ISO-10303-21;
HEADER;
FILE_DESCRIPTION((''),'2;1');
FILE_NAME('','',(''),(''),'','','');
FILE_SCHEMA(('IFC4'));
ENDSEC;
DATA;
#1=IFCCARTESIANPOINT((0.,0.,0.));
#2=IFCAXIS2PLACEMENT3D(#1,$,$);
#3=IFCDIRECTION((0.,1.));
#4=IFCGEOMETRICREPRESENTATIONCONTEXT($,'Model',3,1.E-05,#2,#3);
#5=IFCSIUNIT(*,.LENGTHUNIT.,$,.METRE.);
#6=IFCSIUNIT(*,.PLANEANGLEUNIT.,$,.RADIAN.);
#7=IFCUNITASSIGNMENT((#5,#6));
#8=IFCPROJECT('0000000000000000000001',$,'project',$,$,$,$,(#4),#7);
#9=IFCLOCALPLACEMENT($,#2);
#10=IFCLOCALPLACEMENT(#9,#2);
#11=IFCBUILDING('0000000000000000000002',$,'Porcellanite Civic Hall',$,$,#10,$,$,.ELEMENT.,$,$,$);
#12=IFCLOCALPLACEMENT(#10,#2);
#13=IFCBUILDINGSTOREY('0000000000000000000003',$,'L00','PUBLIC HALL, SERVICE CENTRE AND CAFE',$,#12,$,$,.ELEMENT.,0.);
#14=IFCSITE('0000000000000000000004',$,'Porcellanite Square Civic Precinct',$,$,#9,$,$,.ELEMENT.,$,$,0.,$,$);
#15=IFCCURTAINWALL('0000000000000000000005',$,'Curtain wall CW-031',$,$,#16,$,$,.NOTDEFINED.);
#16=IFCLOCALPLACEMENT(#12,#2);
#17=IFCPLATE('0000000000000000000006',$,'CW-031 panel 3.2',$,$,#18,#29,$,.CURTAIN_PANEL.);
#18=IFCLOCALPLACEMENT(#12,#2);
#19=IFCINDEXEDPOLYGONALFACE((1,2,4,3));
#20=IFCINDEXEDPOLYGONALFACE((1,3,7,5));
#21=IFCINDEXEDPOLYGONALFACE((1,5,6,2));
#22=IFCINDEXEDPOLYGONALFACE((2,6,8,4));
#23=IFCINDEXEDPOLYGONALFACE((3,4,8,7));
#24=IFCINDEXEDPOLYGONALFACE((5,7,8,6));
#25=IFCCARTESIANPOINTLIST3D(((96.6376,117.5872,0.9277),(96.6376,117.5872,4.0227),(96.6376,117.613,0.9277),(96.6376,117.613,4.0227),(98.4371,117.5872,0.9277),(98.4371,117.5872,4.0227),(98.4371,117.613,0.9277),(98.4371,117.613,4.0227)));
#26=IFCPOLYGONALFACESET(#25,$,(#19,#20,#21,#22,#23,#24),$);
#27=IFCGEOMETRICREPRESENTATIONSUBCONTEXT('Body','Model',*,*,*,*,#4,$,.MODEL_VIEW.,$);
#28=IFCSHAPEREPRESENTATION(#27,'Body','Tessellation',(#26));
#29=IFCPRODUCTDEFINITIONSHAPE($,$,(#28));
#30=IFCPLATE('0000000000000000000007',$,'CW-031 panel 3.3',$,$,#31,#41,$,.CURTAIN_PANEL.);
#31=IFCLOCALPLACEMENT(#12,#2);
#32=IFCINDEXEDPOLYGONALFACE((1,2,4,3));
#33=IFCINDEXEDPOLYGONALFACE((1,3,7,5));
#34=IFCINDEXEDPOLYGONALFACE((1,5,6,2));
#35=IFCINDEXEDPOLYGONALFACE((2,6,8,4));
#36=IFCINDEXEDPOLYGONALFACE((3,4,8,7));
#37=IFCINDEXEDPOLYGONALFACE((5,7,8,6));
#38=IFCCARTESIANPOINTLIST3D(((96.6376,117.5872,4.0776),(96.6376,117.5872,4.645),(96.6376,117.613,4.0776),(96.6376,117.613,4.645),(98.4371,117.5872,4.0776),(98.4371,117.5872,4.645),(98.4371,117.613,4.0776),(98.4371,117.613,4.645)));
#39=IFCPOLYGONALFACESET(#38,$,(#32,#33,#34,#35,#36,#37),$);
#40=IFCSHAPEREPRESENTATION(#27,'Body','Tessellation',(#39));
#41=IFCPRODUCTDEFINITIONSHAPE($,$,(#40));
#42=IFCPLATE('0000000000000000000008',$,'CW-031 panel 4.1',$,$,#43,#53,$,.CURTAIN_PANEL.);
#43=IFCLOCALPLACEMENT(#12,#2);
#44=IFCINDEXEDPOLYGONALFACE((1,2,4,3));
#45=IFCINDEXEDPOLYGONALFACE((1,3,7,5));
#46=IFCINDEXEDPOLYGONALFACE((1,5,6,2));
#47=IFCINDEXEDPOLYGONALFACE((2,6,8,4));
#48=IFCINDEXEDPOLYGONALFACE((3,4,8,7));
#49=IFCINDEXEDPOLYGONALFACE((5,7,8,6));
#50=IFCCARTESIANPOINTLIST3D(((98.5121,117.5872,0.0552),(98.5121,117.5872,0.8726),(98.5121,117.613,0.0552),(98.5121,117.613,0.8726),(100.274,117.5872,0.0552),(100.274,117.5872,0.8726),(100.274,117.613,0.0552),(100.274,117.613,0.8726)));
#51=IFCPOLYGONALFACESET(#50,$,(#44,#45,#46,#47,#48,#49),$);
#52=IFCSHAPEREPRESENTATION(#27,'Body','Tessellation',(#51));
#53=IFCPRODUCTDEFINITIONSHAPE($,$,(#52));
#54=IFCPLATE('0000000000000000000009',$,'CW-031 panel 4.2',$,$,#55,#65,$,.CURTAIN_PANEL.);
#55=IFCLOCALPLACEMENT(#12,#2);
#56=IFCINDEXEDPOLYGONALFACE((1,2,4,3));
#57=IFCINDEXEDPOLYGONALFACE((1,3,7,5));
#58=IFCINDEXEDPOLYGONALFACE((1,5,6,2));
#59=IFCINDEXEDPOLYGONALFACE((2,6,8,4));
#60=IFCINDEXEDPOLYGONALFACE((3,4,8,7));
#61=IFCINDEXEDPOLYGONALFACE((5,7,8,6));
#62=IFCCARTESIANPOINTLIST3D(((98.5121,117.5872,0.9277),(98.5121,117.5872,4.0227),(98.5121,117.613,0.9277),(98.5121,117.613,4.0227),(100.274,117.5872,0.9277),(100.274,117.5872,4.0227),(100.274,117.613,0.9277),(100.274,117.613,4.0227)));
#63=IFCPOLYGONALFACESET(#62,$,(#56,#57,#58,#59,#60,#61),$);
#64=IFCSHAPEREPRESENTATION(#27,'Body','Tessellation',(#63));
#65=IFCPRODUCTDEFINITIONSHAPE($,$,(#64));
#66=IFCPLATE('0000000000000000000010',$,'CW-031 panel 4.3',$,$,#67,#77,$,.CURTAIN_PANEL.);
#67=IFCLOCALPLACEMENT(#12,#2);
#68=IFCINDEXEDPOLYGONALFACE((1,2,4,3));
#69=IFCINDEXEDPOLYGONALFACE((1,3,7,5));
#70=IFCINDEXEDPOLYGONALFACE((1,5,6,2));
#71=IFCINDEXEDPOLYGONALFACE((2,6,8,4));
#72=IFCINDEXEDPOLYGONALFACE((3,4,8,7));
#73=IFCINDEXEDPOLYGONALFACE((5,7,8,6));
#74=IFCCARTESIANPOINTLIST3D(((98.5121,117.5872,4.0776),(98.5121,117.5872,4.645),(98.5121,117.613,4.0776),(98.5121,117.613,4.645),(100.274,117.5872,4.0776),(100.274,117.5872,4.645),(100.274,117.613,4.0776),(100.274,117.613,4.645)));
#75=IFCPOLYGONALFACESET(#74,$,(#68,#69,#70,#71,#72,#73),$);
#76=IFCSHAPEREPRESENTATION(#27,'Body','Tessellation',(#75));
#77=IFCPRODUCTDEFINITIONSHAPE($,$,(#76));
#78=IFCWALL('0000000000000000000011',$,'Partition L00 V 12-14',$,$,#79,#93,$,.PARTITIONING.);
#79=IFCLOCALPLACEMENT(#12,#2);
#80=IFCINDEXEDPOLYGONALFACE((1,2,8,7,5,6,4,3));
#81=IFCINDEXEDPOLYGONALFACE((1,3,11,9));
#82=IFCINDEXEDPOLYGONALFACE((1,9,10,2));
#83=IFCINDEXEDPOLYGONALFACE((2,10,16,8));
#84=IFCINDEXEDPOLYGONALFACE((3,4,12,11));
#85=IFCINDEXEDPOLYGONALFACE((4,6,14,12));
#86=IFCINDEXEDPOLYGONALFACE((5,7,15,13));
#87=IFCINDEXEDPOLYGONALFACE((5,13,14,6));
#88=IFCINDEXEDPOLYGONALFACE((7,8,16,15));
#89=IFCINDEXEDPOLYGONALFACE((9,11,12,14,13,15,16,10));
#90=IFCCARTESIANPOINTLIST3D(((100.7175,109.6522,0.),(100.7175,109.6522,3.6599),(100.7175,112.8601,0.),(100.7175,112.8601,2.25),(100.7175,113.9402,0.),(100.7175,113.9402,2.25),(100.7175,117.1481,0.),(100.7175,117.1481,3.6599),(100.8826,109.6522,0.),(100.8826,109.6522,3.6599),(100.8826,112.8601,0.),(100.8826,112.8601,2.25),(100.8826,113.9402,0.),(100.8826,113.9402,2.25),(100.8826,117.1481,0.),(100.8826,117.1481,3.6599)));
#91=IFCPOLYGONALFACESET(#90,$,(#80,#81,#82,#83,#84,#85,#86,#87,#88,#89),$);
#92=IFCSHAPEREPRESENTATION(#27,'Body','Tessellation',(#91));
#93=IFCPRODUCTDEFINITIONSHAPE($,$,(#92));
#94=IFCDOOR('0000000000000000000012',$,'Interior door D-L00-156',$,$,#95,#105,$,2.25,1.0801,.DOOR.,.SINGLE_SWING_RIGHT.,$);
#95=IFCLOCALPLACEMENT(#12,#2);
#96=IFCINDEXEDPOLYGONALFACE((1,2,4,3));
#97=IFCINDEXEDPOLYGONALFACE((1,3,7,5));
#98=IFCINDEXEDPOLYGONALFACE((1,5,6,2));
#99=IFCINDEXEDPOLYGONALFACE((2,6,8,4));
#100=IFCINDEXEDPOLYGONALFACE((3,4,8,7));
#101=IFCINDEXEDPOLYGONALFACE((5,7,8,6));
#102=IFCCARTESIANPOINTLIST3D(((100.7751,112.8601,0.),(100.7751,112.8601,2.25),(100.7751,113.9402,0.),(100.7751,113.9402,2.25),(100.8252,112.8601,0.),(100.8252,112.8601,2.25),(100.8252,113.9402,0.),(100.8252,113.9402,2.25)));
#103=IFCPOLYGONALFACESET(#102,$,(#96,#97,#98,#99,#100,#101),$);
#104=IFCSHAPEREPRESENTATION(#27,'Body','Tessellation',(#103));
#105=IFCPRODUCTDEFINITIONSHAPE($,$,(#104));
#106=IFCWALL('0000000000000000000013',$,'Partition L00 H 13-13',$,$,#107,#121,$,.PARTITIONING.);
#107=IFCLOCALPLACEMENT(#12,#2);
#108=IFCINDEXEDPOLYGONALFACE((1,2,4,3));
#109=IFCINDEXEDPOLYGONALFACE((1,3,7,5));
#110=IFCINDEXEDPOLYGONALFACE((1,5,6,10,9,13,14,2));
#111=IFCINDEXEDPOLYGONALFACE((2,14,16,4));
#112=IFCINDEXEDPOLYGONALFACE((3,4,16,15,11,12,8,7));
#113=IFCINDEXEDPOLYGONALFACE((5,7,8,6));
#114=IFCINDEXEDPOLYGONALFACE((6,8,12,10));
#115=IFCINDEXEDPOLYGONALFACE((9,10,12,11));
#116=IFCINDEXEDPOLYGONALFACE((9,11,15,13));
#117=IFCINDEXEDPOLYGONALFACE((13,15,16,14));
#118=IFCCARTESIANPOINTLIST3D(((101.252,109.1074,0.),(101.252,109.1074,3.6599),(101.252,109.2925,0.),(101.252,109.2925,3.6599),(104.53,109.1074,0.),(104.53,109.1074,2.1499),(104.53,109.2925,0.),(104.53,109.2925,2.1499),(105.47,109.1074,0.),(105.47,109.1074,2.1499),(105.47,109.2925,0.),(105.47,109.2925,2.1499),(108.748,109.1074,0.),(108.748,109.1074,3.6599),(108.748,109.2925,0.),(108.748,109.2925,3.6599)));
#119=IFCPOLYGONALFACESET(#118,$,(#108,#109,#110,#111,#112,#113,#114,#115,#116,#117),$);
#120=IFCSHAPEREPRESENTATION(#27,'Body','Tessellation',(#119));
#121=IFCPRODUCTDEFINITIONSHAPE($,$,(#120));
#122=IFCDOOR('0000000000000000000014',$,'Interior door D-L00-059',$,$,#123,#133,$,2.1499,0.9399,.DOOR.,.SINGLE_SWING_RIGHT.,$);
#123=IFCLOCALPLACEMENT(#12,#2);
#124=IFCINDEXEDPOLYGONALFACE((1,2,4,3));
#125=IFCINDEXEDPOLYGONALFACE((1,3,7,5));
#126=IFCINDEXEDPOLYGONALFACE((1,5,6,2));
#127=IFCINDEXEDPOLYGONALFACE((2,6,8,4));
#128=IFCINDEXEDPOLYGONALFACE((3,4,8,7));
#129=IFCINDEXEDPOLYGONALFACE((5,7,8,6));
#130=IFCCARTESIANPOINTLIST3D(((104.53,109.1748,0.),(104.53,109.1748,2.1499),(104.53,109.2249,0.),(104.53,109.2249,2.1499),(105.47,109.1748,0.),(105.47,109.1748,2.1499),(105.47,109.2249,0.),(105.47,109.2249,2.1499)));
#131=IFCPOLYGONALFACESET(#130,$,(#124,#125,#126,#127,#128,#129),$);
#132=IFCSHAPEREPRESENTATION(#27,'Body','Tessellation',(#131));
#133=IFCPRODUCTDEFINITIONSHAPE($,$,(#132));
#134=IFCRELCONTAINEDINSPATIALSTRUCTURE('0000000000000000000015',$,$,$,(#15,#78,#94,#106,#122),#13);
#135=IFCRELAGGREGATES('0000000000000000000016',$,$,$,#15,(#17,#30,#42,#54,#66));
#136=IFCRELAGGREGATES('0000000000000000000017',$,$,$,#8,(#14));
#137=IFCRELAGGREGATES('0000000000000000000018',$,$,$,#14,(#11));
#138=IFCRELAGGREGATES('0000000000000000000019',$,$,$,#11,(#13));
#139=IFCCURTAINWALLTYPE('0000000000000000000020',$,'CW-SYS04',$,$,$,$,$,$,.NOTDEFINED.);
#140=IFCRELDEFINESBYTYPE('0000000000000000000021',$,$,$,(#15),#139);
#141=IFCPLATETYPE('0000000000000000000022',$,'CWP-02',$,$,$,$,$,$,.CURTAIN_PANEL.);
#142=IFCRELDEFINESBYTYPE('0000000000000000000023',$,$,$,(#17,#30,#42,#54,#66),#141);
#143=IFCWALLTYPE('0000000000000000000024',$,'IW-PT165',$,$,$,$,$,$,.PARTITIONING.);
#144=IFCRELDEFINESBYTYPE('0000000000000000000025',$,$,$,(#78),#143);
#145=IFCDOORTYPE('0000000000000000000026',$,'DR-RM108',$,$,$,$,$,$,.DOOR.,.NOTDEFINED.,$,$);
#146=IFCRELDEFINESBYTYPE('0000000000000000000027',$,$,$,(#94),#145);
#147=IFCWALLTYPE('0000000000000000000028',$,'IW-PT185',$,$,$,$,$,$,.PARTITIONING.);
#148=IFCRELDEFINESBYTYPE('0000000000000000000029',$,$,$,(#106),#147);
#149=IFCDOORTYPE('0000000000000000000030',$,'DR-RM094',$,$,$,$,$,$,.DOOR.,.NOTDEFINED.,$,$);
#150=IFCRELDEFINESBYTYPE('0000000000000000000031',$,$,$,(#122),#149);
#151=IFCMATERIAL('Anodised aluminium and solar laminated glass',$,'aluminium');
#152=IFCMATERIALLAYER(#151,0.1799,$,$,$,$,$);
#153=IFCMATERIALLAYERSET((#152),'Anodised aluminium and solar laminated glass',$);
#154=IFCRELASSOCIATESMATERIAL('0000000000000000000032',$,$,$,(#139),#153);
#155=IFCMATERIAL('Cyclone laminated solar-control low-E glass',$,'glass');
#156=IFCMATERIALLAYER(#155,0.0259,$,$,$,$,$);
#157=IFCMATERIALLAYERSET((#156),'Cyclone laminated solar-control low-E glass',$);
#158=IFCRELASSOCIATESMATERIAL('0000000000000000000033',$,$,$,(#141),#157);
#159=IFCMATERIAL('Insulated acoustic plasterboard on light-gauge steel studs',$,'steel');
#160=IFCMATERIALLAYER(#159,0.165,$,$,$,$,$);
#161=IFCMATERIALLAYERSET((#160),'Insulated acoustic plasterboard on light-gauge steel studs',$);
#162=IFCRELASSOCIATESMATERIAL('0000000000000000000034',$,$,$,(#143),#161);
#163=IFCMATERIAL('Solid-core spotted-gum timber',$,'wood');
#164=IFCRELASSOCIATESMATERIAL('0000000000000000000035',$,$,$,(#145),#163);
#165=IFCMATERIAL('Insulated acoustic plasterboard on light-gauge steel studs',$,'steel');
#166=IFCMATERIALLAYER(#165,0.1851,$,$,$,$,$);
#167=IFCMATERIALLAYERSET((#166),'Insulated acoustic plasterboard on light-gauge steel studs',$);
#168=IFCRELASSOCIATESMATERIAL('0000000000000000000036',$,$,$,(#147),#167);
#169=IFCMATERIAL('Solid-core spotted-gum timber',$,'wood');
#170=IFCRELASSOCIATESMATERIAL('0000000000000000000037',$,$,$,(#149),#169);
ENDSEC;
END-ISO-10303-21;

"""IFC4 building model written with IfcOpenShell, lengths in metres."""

from ifc_helpers import new_model, si_unit, direction, frame, frame_2d, origin, origin_2d, place, context, subcontext, project, spatial, rectangle, extrude, material, layer, layer_set, type_object, element, fill, aggregate, save


model = new_model("IFC4")

# Units and contexts
model_context = context("Model", 3, precision=1e-05, world=origin(), true_north=direction((0.0, 1.0)))
body_context = subcontext(model_context, "Body", "Model", "MODEL_VIEW")
ifc_project = project(units=[si_unit("LENGTHUNIT", "METRE"), si_unit("PLANEANGLEUNIT", "RADIAN")], contexts=[model_context])

# Site, building, storey
site_placement = place(None, origin())
site = spatial("IfcSite", under=ifc_project, at=site_placement, Name="Porcellanite Square Civic Precinct", CompositionType="ELEMENT", RefElevation=0.0)
building_placement = place(site_placement, origin())
building = spatial("IfcBuilding", under=site, at=building_placement, Name="Porcellanite Civic Hall", CompositionType="ELEMENT")
storey_placement = place(building_placement, origin())
storey = spatial("IfcBuildingStorey", under=building, at=storey_placement, Name="L00", Description="PUBLIC HALL, SERVICE CENTRE AND CAFE", CompositionType="ELEMENT", Elevation=0.0)

# Curtain wall
ifc_material_1 = material(Name="Anodised aluminium and solar laminated glass", Category="aluminium")
ifc_layer_1 = layer(ifc_material_1, 0.1799)
ifc_layer_set_1 = layer_set([ifc_layer_1], Name="Anodised aluminium and solar laminated glass")
curtain_wall_type_1 = type_object("IfcCurtainWallType", Name="CW-SYS04", PredefinedType="NOTDEFINED", material=ifc_layer_set_1)
curtain_wall_1_placement = place(storey_placement, origin())
curtain_wall_1 = element("IfcCurtainWall", 1, at=curtain_wall_1_placement, inside=storey, type_object=curtain_wall_type_1, Name="Curtain wall CW-031", PredefinedType="NOTDEFINED")

# Plates
ifc_material_2 = material(Name="Cyclone laminated solar-control low-E glass", Category="glass")
ifc_layer_2 = layer(ifc_material_2, 0.0259)
ifc_layer_set_2 = layer_set([ifc_layer_2], Name="Cyclone laminated solar-control low-E glass")
plate_type = type_object("IfcPlateType", Name="CWP-02", PredefinedType="CURTAIN_PANEL", material=ifc_layer_set_2)
plate_1_placement = place(storey_placement, frame((97.5374, 117.6001, 0.9277), z_axis=(0.0, 0.0, 1.0), x_axis=(1.0, 0.0, 0.0)))
plate_1 = element("IfcPlate", 2, at=plate_1_placement, type_object=plate_type, Name="CW-031 panel 3.2", PredefinedType="CURTAIN_PANEL", context=body_context, shape_type="SweptSolid", body=[
    extrude(rectangle(XDim=1.7996, YDim=0.0259, at=origin_2d()), origin(), (0.0, 0.0, 1.0), 3.095),
])
plate_2_placement = place(storey_placement, frame((97.5374, 117.6001, 4.0776), z_axis=(0.0, 0.0, 1.0), x_axis=(1.0, 0.0, 0.0)))
plate_2 = element("IfcPlate", 3, at=plate_2_placement, type_object=plate_type, Name="CW-031 panel 3.3", PredefinedType="CURTAIN_PANEL", context=body_context, shape_type="SweptSolid", body=[
    extrude(rectangle(XDim=1.7996, YDim=0.0259, at=origin_2d()), origin(), (0.0, 0.0, 1.0), 0.5674),
])
plate_3_placement = place(storey_placement, frame((99.3931, 117.6001, 0.0552), z_axis=(0.0, 0.0, 1.0), x_axis=(1.0, 0.0, 0.0)))
plate_3 = element("IfcPlate", 4, at=plate_3_placement, type_object=plate_type, Name="CW-031 panel 4.1", PredefinedType="CURTAIN_PANEL", context=body_context, shape_type="SweptSolid", body=[
    extrude(rectangle(XDim=1.762, YDim=0.0259, at=origin_2d()), origin(), (0.0, 0.0, 1.0), 0.8174),
])
plate_4_placement = place(storey_placement, frame((99.3931, 117.6001, 0.9277), z_axis=(0.0, 0.0, 1.0), x_axis=(1.0, 0.0, 0.0)))
plate_4 = element("IfcPlate", 5, at=plate_4_placement, type_object=plate_type, Name="CW-031 panel 4.2", PredefinedType="CURTAIN_PANEL", context=body_context, shape_type="SweptSolid", body=[
    extrude(rectangle(XDim=1.762, YDim=0.0259, at=origin_2d()), origin(), (0.0, 0.0, 1.0), 3.095),
])
plate_5_placement = place(storey_placement, frame((99.3931, 117.6001, 4.0776), z_axis=(0.0, 0.0, 1.0), x_axis=(1.0, 0.0, 0.0)))
plate_5 = element("IfcPlate", 6, at=plate_5_placement, type_object=plate_type, Name="CW-031 panel 4.3", PredefinedType="CURTAIN_PANEL", context=body_context, shape_type="SweptSolid", body=[
    extrude(rectangle(XDim=1.762, YDim=0.0259, at=origin_2d()), origin(), (0.0, 0.0, 1.0), 0.5674),
])
aggregate(curtain_wall_1, [plate_1, plate_2, plate_3, plate_4, plate_5])

# Walls, openings, doors
ifc_material_3 = material(Name="Insulated acoustic plasterboard on light-gauge steel studs", Category="steel")
ifc_layer_3 = layer(ifc_material_3, 0.165)
ifc_layer_set_3 = layer_set([ifc_layer_3], Name="Insulated acoustic plasterboard on light-gauge steel studs")
wall_type_1 = type_object("IfcWallType", Name="IW-PT165", PredefinedType="PARTITIONING", material=ifc_layer_set_3)
wall_1_placement = place(storey_placement, frame((100.8, 109.6521, 0.0), z_axis=(0.0, 0.0, 1.0), x_axis=(0.0, 1.0, 0.0)))
wall_1 = element("IfcWall", 7, at=wall_1_placement, inside=storey, type_object=wall_type_1, Name="Partition L00 V 12-14", PredefinedType="PARTITIONING", context=body_context, shape_type="SweptSolid", body=[
    extrude(rectangle(XDim=7.4958, YDim=0.165, at=frame_2d((3.748, 0.0))), origin(), (0.0, 0.0, 1.0), 3.6599),
])
opening_1_placement = place(wall_1_placement, frame((3.208, 0.0, 0.0)))
opening_1 = element("IfcOpeningElement", 8, at=opening_1_placement, cuts=wall_1, PredefinedType="OPENING", context=body_context, shape_type="SweptSolid", body=[
    extrude(rectangle(XDim=1.0801, YDim=2.25, at=frame_2d((0.54, 1.125))), frame((0.0, 0.0825, 0.0), z_axis=(0.0, -1.0, 0.0), x_axis=(1.0, 0.0, 0.0)), (0.0, 0.0, 1.0), 0.165),
])
ifc_material_4 = material(Name="Solid-core spotted-gum timber", Category="wood")
door_type_1 = type_object("IfcDoorType", Name="DR-RM108", OperationType="NOTDEFINED", PredefinedType="DOOR", material=ifc_material_4)
door_1_placement = place(opening_1_placement, origin())
door_1 = element("IfcDoor", 9, at=door_1_placement, inside=storey, type_object=door_type_1, Name="Interior door D-L00-156", OperationType="SINGLE_SWING_RIGHT", OverallHeight=2.25, OverallWidth=1.0801, PredefinedType="DOOR", context=body_context, shape_type="SweptSolid", body=[
    extrude(rectangle(XDim=1.0801, YDim=2.25, at=frame_2d((0.54, 1.125))), frame((0.0, 0.0249, 0.0), z_axis=(0.0, -1.0, 0.0), x_axis=(1.0, 0.0, 0.0)), (0.0, 0.0, 1.0), 0.05),
])
fill(opening_1, door_1)
ifc_material_5 = material(Name="Insulated acoustic plasterboard on light-gauge steel studs", Category="steel")
ifc_layer_4 = layer(ifc_material_5, 0.1851)
ifc_layer_set_4 = layer_set([ifc_layer_4], Name="Insulated acoustic plasterboard on light-gauge steel studs")
wall_type_2 = type_object("IfcWallType", Name="IW-PT185", PredefinedType="PARTITIONING", material=ifc_layer_set_4)
wall_2_placement = place(storey_placement, frame((101.252, 109.2, 0.0), z_axis=(0.0, 0.0, 1.0), x_axis=(1.0, 0.0, 0.0)))
wall_2 = element("IfcWall", 10, at=wall_2_placement, inside=storey, type_object=wall_type_2, Name="Partition L00 H 13-13", PredefinedType="PARTITIONING", context=body_context, shape_type="SweptSolid", body=[
    extrude(rectangle(XDim=7.4961, YDim=0.1851, at=frame_2d((3.748, 0.0))), origin(), (0.0, 0.0, 1.0), 3.6599),
])
opening_2_placement = place(wall_2_placement, frame((3.2781, 0.0, 0.0)))
opening_2 = element("IfcOpeningElement", 11, at=opening_2_placement, cuts=wall_2, PredefinedType="OPENING", context=body_context, shape_type="SweptSolid", body=[
    extrude(rectangle(XDim=0.9399, YDim=2.1499, at=frame_2d((0.47, 1.075))), frame((0.0, 0.0925, 0.0), z_axis=(0.0, -1.0, 0.0), x_axis=(1.0, 0.0, 0.0)), (0.0, 0.0, 1.0), 0.1851),
])
ifc_material_6 = material(Name="Solid-core spotted-gum timber", Category="wood")
door_type_2 = type_object("IfcDoorType", Name="DR-RM094", OperationType="NOTDEFINED", PredefinedType="DOOR", material=ifc_material_6)
door_2_placement = place(opening_2_placement, origin())
door_2 = element("IfcDoor", 12, at=door_2_placement, inside=storey, type_object=door_type_2, Name="Interior door D-L00-059", OperationType="SINGLE_SWING_RIGHT", OverallHeight=2.1499, OverallWidth=0.9399, PredefinedType="DOOR", context=body_context, shape_type="SweptSolid", body=[
    extrude(rectangle(XDim=0.9399, YDim=2.1499, at=frame_2d((0.47, 1.075))), frame((0.0, 0.0249, 0.0), z_axis=(0.0, -1.0, 0.0), x_axis=(1.0, 0.0, 0.0)), (0.0, 0.0, 1.0), 0.05),
])
fill(opening_2, door_2)

save(model, "model.ifc")
